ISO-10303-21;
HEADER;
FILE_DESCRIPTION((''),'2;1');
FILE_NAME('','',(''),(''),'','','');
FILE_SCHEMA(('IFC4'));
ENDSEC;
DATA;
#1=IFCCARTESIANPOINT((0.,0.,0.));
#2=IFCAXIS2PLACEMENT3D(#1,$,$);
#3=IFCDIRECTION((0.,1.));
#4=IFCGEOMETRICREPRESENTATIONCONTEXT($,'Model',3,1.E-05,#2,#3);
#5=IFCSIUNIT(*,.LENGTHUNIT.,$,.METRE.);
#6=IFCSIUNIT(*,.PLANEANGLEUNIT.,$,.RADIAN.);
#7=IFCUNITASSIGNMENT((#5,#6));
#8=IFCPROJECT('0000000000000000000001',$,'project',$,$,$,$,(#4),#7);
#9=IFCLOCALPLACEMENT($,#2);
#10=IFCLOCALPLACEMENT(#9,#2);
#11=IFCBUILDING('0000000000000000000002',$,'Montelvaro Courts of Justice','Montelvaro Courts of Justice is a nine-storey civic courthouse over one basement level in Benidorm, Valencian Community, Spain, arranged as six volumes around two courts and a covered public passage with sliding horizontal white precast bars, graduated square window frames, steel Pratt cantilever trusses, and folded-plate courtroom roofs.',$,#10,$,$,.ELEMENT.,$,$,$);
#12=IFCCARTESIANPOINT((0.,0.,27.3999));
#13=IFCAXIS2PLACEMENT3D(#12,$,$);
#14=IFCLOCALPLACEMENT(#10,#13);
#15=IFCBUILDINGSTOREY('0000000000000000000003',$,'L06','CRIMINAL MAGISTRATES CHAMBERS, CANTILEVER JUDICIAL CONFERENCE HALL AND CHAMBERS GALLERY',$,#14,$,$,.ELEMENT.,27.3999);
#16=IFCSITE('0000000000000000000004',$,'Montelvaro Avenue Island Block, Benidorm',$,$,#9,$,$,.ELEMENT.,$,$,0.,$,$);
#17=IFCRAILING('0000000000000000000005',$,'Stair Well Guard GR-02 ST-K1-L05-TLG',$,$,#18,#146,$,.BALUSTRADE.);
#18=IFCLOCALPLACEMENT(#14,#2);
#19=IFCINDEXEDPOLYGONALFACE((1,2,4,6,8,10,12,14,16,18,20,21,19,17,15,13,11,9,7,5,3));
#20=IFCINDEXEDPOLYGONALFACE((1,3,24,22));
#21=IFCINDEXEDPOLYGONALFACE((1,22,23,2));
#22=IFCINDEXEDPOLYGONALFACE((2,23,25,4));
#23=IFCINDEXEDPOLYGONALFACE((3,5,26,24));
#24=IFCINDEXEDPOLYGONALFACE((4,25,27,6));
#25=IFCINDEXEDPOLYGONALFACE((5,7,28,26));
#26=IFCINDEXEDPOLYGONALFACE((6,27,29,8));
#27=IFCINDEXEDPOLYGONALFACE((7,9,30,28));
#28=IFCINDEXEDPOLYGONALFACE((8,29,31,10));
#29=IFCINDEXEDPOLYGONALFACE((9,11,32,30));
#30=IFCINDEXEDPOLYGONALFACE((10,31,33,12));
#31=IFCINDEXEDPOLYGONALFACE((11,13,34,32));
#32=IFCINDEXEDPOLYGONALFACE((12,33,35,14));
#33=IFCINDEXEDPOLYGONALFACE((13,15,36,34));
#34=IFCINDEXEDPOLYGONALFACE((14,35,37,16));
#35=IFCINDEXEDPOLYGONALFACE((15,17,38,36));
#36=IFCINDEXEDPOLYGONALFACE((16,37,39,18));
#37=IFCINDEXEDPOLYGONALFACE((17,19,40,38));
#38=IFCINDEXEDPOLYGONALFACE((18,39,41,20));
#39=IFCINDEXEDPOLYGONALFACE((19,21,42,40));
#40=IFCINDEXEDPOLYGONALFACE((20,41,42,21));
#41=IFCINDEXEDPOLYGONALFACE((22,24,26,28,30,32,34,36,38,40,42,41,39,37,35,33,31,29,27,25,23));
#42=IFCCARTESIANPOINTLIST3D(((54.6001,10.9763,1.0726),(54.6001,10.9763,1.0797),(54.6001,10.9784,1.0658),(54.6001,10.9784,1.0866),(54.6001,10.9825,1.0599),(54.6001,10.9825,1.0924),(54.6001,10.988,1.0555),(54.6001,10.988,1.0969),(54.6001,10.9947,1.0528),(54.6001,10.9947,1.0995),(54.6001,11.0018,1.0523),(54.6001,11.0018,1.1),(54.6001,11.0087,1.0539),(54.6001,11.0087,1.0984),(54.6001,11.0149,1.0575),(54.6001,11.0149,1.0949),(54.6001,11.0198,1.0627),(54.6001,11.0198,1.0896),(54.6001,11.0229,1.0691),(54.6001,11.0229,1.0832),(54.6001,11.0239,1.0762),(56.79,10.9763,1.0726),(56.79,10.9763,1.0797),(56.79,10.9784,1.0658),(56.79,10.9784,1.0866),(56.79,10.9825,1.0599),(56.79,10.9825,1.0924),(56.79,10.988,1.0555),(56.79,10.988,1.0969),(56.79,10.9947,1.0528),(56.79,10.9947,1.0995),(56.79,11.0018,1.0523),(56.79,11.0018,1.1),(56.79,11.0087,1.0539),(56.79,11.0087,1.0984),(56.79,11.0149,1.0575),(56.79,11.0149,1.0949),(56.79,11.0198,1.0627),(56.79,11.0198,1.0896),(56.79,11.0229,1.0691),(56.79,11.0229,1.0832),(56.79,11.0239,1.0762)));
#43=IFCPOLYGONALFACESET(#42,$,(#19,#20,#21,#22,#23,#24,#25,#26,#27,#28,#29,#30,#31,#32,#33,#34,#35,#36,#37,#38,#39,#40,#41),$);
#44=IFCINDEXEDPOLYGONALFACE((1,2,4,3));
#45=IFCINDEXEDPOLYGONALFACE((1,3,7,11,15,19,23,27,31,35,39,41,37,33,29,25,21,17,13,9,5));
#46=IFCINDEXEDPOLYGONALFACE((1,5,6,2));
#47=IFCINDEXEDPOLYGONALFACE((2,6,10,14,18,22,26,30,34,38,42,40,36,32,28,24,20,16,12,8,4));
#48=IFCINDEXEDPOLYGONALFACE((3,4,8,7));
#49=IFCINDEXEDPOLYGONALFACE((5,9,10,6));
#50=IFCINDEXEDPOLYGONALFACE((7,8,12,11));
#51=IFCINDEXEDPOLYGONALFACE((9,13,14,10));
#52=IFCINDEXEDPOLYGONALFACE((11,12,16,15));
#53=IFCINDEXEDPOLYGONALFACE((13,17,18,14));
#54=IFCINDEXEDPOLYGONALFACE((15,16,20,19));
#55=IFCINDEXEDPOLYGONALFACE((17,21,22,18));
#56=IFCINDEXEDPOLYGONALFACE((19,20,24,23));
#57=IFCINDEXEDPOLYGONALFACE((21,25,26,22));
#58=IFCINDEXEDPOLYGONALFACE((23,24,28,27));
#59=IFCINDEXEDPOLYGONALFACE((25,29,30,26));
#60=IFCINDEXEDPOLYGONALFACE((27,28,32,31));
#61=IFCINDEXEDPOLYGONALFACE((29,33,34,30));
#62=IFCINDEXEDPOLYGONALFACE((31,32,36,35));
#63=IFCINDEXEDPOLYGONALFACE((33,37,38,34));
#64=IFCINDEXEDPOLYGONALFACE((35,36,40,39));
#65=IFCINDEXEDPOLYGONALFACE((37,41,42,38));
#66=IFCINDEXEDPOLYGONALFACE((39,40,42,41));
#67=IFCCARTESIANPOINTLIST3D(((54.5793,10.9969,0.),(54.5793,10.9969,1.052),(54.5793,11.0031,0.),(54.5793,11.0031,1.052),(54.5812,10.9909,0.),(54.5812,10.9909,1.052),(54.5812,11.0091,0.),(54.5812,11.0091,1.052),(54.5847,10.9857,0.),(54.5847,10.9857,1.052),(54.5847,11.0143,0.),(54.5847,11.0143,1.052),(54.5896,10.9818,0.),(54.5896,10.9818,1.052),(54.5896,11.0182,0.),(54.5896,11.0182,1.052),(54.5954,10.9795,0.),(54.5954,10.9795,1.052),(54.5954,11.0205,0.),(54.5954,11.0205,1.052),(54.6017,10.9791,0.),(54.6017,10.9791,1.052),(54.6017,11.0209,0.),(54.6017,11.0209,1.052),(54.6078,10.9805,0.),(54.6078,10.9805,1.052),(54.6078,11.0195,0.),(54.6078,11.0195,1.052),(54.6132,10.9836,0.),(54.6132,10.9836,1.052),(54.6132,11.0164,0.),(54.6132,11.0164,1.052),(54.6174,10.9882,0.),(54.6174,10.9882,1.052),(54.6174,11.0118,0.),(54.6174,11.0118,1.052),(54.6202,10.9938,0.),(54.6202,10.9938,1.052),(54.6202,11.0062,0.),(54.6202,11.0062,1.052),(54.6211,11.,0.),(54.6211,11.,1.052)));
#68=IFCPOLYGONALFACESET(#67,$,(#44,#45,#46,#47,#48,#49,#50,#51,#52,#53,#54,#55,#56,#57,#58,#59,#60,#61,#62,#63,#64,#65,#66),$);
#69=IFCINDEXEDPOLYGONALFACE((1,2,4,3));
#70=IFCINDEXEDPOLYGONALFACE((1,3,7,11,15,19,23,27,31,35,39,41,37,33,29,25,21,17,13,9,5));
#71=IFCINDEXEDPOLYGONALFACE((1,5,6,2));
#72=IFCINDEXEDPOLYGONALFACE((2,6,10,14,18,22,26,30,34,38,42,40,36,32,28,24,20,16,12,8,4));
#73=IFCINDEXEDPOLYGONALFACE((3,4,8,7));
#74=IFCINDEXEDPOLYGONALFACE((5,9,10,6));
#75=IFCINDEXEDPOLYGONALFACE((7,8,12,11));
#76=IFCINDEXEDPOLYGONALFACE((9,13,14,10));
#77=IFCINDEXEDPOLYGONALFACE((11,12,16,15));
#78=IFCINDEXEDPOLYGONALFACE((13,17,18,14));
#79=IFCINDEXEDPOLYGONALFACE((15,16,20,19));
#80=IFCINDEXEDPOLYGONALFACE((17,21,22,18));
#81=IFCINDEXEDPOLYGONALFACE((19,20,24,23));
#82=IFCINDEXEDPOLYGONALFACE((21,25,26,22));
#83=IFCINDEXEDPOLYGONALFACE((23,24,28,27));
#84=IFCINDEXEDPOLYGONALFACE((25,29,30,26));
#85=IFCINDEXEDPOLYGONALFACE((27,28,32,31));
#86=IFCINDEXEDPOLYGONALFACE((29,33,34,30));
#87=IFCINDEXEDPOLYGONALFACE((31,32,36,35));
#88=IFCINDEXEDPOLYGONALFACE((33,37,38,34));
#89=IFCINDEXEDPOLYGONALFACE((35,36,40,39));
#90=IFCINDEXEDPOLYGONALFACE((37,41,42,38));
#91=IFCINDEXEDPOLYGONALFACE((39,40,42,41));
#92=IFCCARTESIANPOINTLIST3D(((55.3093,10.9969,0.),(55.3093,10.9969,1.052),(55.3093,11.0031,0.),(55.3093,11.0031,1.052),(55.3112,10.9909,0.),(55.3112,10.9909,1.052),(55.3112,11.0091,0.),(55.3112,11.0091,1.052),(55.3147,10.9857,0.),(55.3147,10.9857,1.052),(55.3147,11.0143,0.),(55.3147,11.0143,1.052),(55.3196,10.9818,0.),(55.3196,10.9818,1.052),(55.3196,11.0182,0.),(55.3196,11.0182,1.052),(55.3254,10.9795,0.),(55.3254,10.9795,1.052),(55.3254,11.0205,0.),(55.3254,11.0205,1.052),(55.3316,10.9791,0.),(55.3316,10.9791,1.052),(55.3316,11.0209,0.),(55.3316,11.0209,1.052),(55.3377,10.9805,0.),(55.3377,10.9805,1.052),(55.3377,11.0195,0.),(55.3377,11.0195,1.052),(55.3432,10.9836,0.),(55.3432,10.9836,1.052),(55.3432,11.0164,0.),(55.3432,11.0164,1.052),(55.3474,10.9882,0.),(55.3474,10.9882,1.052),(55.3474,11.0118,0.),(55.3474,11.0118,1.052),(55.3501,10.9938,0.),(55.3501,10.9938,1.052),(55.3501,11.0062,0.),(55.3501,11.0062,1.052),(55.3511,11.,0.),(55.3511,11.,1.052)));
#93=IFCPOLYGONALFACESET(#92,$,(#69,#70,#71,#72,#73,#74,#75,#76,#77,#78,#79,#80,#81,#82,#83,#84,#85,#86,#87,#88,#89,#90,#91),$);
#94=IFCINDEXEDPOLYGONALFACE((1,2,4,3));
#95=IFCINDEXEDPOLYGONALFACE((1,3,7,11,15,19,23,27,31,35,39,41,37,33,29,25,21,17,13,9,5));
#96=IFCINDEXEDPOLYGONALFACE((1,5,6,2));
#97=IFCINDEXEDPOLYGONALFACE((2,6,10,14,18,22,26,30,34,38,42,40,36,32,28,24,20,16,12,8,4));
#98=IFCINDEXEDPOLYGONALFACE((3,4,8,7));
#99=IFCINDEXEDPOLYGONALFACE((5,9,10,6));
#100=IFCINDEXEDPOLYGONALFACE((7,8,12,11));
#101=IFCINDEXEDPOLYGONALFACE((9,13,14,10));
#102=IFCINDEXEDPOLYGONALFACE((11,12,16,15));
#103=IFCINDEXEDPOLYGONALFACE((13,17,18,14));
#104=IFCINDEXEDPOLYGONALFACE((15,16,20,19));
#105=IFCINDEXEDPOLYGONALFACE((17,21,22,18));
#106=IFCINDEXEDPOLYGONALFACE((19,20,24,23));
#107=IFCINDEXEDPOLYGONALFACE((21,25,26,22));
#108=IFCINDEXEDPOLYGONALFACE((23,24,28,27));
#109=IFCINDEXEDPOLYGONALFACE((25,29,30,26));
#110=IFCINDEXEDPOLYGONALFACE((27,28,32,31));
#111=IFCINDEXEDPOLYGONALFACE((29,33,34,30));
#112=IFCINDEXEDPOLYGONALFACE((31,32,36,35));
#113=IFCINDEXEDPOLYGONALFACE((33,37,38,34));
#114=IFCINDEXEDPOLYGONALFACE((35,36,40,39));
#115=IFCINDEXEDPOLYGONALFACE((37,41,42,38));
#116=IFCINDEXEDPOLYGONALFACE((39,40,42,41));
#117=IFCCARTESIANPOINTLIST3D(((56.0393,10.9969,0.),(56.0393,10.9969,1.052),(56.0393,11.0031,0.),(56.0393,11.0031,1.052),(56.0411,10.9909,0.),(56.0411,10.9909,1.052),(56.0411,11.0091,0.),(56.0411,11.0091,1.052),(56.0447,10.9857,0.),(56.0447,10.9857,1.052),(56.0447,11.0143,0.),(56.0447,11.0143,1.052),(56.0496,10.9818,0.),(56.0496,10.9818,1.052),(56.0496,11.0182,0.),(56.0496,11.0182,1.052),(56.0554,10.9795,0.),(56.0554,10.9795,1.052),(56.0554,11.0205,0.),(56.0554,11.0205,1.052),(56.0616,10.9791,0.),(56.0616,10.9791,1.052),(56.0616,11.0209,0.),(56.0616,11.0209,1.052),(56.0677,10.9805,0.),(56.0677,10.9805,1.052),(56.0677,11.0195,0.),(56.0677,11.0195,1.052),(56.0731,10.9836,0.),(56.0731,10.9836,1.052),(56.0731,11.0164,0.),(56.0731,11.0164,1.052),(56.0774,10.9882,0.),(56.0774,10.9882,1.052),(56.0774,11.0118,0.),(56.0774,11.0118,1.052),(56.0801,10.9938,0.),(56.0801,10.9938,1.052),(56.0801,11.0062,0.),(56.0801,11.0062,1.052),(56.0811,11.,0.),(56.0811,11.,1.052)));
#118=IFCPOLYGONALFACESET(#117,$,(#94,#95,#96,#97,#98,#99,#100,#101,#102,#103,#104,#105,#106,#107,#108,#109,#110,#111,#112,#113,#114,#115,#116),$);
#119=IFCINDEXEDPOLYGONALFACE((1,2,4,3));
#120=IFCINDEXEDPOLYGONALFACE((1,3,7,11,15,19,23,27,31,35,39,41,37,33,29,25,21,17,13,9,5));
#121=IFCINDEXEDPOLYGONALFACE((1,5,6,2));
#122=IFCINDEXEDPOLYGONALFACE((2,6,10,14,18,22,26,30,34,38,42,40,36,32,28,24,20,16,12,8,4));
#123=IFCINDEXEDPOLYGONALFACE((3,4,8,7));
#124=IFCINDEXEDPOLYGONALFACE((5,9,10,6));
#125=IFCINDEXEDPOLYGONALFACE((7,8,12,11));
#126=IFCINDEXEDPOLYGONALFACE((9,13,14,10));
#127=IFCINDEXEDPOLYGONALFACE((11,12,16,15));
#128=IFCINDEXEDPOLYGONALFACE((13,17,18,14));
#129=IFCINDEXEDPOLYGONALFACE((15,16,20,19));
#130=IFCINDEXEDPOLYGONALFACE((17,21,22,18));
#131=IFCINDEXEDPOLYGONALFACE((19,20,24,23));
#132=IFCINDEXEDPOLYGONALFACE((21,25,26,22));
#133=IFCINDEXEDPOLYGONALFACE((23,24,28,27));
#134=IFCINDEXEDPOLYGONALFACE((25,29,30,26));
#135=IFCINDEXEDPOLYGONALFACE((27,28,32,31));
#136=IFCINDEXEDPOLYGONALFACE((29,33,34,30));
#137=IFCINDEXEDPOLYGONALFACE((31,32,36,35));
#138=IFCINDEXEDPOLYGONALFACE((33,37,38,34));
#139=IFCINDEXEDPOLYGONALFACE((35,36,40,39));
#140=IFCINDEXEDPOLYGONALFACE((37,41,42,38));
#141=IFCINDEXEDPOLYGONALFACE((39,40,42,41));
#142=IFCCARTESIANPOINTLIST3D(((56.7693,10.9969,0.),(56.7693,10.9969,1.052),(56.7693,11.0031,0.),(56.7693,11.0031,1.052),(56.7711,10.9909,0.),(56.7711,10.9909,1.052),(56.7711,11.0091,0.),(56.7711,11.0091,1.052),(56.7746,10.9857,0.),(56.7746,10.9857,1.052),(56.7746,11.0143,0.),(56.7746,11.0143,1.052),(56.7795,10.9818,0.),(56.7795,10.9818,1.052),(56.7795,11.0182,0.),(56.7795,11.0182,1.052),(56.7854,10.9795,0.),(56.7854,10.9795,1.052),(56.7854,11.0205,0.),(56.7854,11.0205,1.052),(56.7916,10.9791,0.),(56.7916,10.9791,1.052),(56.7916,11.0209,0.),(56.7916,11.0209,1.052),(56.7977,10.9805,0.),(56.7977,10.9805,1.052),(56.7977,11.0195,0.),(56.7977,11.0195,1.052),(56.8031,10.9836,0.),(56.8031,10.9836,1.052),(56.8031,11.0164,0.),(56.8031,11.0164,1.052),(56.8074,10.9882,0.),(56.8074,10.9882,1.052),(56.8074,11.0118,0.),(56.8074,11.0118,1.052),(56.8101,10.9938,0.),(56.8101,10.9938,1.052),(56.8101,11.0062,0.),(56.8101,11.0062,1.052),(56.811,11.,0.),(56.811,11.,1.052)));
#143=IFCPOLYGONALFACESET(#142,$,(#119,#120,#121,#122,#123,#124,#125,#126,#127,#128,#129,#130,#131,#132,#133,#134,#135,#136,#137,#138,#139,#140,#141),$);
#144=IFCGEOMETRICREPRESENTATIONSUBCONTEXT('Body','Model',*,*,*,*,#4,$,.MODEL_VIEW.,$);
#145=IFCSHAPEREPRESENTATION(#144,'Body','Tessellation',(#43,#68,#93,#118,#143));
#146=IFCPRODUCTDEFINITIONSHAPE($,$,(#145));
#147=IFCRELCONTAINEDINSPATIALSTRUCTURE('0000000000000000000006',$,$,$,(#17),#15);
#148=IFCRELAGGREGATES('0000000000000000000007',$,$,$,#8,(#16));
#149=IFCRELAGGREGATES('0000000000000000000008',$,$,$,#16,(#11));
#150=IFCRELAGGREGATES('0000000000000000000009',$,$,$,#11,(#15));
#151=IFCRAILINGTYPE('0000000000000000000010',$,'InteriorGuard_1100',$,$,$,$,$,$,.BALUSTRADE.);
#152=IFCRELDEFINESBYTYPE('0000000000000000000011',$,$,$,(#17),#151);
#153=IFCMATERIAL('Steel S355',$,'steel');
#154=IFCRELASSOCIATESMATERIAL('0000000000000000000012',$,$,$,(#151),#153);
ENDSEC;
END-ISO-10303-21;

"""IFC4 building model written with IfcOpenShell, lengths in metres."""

from ifc_helpers import new_model, si_unit, direction, frame, origin, origin_2d, place, context, subcontext, project, spatial, circle, extrude, material, type_object, element, save


model = new_model("IFC4")

# Units and contexts
model_context = context("Model", 3, precision=1e-05, world=origin(), true_north=direction((0.0, 1.0)))
body_context = subcontext(model_context, "Body", "Model", "MODEL_VIEW")
ifc_project = project(units=[si_unit("LENGTHUNIT", "METRE"), si_unit("PLANEANGLEUNIT", "RADIAN")], contexts=[model_context])

# Site, building, storey
site_placement = place(None, origin())
site = spatial("IfcSite", under=ifc_project, at=site_placement, Name="Montelvaro Avenue Island Block, Benidorm", CompositionType="ELEMENT", RefElevation=0.0)
building_placement = place(site_placement, origin())
building = spatial("IfcBuilding", under=site, at=building_placement, Name="Montelvaro Courts of Justice", Description="Montelvaro Courts of Justice is a nine-storey civic courthouse over one basement level in Benidorm, Valencian Community, Spain, arranged as six volumes around two courts and a covered public passage with sliding horizontal white precast bars, graduated square window frames, steel Pratt cantilever trusses, and folded-plate courtroom roofs.", CompositionType="ELEMENT")
storey_placement = place(building_placement, frame((0.0, 0.0, 27.3999)))
storey = spatial("IfcBuildingStorey", under=building, at=storey_placement, Name="L06", Description="CRIMINAL MAGISTRATES CHAMBERS, CANTILEVER JUDICIAL CONFERENCE HALL AND CHAMBERS GALLERY", CompositionType="ELEMENT", Elevation=27.3999)

# Shared definitions
ifc_material_1 = material(Name="Steel S355", Category="steel")

# Railing
railing_type_1 = type_object("IfcRailingType", Name="InteriorGuard_1100", PredefinedType="BALUSTRADE", material=ifc_material_1)
railing_1_placement = place(storey_placement, frame((54.6001, 11.0, 0.0)))
element("IfcRailing", 1, at=railing_1_placement, inside=storey, type_object=railing_type_1, Name="Stair Well Guard GR-02 ST-K1-L05-TLG", PredefinedType="BALUSTRADE", context=body_context, shape_type="SweptSolid", body=[
    extrude(circle(Radius=0.0239, at=origin_2d()), frame((0.0, 0.0, 1.0762), z_axis=(1.0, 0.0, 0.0), x_axis=(0.0, 1.0, 0.0)), (0.0, 0.0, 1.0), 2.1899),
    extrude(circle(Radius=0.021, at=origin_2d()), origin(), (0.0, 0.0, 1.0), 1.052),
    extrude(circle(Radius=0.021, at=origin_2d()), frame((0.73, 0.0, 0.0)), (0.0, 0.0, 1.0), 1.052),
    extrude(circle(Radius=0.021, at=origin_2d()), frame((1.46, 0.0, 0.0)), (0.0, 0.0, 1.0), 1.052),
    extrude(circle(Radius=0.021, at=origin_2d()), frame((2.1899, 0.0, 0.0)), (0.0, 0.0, 1.0), 1.052),
])

save(model, "model.ifc")
